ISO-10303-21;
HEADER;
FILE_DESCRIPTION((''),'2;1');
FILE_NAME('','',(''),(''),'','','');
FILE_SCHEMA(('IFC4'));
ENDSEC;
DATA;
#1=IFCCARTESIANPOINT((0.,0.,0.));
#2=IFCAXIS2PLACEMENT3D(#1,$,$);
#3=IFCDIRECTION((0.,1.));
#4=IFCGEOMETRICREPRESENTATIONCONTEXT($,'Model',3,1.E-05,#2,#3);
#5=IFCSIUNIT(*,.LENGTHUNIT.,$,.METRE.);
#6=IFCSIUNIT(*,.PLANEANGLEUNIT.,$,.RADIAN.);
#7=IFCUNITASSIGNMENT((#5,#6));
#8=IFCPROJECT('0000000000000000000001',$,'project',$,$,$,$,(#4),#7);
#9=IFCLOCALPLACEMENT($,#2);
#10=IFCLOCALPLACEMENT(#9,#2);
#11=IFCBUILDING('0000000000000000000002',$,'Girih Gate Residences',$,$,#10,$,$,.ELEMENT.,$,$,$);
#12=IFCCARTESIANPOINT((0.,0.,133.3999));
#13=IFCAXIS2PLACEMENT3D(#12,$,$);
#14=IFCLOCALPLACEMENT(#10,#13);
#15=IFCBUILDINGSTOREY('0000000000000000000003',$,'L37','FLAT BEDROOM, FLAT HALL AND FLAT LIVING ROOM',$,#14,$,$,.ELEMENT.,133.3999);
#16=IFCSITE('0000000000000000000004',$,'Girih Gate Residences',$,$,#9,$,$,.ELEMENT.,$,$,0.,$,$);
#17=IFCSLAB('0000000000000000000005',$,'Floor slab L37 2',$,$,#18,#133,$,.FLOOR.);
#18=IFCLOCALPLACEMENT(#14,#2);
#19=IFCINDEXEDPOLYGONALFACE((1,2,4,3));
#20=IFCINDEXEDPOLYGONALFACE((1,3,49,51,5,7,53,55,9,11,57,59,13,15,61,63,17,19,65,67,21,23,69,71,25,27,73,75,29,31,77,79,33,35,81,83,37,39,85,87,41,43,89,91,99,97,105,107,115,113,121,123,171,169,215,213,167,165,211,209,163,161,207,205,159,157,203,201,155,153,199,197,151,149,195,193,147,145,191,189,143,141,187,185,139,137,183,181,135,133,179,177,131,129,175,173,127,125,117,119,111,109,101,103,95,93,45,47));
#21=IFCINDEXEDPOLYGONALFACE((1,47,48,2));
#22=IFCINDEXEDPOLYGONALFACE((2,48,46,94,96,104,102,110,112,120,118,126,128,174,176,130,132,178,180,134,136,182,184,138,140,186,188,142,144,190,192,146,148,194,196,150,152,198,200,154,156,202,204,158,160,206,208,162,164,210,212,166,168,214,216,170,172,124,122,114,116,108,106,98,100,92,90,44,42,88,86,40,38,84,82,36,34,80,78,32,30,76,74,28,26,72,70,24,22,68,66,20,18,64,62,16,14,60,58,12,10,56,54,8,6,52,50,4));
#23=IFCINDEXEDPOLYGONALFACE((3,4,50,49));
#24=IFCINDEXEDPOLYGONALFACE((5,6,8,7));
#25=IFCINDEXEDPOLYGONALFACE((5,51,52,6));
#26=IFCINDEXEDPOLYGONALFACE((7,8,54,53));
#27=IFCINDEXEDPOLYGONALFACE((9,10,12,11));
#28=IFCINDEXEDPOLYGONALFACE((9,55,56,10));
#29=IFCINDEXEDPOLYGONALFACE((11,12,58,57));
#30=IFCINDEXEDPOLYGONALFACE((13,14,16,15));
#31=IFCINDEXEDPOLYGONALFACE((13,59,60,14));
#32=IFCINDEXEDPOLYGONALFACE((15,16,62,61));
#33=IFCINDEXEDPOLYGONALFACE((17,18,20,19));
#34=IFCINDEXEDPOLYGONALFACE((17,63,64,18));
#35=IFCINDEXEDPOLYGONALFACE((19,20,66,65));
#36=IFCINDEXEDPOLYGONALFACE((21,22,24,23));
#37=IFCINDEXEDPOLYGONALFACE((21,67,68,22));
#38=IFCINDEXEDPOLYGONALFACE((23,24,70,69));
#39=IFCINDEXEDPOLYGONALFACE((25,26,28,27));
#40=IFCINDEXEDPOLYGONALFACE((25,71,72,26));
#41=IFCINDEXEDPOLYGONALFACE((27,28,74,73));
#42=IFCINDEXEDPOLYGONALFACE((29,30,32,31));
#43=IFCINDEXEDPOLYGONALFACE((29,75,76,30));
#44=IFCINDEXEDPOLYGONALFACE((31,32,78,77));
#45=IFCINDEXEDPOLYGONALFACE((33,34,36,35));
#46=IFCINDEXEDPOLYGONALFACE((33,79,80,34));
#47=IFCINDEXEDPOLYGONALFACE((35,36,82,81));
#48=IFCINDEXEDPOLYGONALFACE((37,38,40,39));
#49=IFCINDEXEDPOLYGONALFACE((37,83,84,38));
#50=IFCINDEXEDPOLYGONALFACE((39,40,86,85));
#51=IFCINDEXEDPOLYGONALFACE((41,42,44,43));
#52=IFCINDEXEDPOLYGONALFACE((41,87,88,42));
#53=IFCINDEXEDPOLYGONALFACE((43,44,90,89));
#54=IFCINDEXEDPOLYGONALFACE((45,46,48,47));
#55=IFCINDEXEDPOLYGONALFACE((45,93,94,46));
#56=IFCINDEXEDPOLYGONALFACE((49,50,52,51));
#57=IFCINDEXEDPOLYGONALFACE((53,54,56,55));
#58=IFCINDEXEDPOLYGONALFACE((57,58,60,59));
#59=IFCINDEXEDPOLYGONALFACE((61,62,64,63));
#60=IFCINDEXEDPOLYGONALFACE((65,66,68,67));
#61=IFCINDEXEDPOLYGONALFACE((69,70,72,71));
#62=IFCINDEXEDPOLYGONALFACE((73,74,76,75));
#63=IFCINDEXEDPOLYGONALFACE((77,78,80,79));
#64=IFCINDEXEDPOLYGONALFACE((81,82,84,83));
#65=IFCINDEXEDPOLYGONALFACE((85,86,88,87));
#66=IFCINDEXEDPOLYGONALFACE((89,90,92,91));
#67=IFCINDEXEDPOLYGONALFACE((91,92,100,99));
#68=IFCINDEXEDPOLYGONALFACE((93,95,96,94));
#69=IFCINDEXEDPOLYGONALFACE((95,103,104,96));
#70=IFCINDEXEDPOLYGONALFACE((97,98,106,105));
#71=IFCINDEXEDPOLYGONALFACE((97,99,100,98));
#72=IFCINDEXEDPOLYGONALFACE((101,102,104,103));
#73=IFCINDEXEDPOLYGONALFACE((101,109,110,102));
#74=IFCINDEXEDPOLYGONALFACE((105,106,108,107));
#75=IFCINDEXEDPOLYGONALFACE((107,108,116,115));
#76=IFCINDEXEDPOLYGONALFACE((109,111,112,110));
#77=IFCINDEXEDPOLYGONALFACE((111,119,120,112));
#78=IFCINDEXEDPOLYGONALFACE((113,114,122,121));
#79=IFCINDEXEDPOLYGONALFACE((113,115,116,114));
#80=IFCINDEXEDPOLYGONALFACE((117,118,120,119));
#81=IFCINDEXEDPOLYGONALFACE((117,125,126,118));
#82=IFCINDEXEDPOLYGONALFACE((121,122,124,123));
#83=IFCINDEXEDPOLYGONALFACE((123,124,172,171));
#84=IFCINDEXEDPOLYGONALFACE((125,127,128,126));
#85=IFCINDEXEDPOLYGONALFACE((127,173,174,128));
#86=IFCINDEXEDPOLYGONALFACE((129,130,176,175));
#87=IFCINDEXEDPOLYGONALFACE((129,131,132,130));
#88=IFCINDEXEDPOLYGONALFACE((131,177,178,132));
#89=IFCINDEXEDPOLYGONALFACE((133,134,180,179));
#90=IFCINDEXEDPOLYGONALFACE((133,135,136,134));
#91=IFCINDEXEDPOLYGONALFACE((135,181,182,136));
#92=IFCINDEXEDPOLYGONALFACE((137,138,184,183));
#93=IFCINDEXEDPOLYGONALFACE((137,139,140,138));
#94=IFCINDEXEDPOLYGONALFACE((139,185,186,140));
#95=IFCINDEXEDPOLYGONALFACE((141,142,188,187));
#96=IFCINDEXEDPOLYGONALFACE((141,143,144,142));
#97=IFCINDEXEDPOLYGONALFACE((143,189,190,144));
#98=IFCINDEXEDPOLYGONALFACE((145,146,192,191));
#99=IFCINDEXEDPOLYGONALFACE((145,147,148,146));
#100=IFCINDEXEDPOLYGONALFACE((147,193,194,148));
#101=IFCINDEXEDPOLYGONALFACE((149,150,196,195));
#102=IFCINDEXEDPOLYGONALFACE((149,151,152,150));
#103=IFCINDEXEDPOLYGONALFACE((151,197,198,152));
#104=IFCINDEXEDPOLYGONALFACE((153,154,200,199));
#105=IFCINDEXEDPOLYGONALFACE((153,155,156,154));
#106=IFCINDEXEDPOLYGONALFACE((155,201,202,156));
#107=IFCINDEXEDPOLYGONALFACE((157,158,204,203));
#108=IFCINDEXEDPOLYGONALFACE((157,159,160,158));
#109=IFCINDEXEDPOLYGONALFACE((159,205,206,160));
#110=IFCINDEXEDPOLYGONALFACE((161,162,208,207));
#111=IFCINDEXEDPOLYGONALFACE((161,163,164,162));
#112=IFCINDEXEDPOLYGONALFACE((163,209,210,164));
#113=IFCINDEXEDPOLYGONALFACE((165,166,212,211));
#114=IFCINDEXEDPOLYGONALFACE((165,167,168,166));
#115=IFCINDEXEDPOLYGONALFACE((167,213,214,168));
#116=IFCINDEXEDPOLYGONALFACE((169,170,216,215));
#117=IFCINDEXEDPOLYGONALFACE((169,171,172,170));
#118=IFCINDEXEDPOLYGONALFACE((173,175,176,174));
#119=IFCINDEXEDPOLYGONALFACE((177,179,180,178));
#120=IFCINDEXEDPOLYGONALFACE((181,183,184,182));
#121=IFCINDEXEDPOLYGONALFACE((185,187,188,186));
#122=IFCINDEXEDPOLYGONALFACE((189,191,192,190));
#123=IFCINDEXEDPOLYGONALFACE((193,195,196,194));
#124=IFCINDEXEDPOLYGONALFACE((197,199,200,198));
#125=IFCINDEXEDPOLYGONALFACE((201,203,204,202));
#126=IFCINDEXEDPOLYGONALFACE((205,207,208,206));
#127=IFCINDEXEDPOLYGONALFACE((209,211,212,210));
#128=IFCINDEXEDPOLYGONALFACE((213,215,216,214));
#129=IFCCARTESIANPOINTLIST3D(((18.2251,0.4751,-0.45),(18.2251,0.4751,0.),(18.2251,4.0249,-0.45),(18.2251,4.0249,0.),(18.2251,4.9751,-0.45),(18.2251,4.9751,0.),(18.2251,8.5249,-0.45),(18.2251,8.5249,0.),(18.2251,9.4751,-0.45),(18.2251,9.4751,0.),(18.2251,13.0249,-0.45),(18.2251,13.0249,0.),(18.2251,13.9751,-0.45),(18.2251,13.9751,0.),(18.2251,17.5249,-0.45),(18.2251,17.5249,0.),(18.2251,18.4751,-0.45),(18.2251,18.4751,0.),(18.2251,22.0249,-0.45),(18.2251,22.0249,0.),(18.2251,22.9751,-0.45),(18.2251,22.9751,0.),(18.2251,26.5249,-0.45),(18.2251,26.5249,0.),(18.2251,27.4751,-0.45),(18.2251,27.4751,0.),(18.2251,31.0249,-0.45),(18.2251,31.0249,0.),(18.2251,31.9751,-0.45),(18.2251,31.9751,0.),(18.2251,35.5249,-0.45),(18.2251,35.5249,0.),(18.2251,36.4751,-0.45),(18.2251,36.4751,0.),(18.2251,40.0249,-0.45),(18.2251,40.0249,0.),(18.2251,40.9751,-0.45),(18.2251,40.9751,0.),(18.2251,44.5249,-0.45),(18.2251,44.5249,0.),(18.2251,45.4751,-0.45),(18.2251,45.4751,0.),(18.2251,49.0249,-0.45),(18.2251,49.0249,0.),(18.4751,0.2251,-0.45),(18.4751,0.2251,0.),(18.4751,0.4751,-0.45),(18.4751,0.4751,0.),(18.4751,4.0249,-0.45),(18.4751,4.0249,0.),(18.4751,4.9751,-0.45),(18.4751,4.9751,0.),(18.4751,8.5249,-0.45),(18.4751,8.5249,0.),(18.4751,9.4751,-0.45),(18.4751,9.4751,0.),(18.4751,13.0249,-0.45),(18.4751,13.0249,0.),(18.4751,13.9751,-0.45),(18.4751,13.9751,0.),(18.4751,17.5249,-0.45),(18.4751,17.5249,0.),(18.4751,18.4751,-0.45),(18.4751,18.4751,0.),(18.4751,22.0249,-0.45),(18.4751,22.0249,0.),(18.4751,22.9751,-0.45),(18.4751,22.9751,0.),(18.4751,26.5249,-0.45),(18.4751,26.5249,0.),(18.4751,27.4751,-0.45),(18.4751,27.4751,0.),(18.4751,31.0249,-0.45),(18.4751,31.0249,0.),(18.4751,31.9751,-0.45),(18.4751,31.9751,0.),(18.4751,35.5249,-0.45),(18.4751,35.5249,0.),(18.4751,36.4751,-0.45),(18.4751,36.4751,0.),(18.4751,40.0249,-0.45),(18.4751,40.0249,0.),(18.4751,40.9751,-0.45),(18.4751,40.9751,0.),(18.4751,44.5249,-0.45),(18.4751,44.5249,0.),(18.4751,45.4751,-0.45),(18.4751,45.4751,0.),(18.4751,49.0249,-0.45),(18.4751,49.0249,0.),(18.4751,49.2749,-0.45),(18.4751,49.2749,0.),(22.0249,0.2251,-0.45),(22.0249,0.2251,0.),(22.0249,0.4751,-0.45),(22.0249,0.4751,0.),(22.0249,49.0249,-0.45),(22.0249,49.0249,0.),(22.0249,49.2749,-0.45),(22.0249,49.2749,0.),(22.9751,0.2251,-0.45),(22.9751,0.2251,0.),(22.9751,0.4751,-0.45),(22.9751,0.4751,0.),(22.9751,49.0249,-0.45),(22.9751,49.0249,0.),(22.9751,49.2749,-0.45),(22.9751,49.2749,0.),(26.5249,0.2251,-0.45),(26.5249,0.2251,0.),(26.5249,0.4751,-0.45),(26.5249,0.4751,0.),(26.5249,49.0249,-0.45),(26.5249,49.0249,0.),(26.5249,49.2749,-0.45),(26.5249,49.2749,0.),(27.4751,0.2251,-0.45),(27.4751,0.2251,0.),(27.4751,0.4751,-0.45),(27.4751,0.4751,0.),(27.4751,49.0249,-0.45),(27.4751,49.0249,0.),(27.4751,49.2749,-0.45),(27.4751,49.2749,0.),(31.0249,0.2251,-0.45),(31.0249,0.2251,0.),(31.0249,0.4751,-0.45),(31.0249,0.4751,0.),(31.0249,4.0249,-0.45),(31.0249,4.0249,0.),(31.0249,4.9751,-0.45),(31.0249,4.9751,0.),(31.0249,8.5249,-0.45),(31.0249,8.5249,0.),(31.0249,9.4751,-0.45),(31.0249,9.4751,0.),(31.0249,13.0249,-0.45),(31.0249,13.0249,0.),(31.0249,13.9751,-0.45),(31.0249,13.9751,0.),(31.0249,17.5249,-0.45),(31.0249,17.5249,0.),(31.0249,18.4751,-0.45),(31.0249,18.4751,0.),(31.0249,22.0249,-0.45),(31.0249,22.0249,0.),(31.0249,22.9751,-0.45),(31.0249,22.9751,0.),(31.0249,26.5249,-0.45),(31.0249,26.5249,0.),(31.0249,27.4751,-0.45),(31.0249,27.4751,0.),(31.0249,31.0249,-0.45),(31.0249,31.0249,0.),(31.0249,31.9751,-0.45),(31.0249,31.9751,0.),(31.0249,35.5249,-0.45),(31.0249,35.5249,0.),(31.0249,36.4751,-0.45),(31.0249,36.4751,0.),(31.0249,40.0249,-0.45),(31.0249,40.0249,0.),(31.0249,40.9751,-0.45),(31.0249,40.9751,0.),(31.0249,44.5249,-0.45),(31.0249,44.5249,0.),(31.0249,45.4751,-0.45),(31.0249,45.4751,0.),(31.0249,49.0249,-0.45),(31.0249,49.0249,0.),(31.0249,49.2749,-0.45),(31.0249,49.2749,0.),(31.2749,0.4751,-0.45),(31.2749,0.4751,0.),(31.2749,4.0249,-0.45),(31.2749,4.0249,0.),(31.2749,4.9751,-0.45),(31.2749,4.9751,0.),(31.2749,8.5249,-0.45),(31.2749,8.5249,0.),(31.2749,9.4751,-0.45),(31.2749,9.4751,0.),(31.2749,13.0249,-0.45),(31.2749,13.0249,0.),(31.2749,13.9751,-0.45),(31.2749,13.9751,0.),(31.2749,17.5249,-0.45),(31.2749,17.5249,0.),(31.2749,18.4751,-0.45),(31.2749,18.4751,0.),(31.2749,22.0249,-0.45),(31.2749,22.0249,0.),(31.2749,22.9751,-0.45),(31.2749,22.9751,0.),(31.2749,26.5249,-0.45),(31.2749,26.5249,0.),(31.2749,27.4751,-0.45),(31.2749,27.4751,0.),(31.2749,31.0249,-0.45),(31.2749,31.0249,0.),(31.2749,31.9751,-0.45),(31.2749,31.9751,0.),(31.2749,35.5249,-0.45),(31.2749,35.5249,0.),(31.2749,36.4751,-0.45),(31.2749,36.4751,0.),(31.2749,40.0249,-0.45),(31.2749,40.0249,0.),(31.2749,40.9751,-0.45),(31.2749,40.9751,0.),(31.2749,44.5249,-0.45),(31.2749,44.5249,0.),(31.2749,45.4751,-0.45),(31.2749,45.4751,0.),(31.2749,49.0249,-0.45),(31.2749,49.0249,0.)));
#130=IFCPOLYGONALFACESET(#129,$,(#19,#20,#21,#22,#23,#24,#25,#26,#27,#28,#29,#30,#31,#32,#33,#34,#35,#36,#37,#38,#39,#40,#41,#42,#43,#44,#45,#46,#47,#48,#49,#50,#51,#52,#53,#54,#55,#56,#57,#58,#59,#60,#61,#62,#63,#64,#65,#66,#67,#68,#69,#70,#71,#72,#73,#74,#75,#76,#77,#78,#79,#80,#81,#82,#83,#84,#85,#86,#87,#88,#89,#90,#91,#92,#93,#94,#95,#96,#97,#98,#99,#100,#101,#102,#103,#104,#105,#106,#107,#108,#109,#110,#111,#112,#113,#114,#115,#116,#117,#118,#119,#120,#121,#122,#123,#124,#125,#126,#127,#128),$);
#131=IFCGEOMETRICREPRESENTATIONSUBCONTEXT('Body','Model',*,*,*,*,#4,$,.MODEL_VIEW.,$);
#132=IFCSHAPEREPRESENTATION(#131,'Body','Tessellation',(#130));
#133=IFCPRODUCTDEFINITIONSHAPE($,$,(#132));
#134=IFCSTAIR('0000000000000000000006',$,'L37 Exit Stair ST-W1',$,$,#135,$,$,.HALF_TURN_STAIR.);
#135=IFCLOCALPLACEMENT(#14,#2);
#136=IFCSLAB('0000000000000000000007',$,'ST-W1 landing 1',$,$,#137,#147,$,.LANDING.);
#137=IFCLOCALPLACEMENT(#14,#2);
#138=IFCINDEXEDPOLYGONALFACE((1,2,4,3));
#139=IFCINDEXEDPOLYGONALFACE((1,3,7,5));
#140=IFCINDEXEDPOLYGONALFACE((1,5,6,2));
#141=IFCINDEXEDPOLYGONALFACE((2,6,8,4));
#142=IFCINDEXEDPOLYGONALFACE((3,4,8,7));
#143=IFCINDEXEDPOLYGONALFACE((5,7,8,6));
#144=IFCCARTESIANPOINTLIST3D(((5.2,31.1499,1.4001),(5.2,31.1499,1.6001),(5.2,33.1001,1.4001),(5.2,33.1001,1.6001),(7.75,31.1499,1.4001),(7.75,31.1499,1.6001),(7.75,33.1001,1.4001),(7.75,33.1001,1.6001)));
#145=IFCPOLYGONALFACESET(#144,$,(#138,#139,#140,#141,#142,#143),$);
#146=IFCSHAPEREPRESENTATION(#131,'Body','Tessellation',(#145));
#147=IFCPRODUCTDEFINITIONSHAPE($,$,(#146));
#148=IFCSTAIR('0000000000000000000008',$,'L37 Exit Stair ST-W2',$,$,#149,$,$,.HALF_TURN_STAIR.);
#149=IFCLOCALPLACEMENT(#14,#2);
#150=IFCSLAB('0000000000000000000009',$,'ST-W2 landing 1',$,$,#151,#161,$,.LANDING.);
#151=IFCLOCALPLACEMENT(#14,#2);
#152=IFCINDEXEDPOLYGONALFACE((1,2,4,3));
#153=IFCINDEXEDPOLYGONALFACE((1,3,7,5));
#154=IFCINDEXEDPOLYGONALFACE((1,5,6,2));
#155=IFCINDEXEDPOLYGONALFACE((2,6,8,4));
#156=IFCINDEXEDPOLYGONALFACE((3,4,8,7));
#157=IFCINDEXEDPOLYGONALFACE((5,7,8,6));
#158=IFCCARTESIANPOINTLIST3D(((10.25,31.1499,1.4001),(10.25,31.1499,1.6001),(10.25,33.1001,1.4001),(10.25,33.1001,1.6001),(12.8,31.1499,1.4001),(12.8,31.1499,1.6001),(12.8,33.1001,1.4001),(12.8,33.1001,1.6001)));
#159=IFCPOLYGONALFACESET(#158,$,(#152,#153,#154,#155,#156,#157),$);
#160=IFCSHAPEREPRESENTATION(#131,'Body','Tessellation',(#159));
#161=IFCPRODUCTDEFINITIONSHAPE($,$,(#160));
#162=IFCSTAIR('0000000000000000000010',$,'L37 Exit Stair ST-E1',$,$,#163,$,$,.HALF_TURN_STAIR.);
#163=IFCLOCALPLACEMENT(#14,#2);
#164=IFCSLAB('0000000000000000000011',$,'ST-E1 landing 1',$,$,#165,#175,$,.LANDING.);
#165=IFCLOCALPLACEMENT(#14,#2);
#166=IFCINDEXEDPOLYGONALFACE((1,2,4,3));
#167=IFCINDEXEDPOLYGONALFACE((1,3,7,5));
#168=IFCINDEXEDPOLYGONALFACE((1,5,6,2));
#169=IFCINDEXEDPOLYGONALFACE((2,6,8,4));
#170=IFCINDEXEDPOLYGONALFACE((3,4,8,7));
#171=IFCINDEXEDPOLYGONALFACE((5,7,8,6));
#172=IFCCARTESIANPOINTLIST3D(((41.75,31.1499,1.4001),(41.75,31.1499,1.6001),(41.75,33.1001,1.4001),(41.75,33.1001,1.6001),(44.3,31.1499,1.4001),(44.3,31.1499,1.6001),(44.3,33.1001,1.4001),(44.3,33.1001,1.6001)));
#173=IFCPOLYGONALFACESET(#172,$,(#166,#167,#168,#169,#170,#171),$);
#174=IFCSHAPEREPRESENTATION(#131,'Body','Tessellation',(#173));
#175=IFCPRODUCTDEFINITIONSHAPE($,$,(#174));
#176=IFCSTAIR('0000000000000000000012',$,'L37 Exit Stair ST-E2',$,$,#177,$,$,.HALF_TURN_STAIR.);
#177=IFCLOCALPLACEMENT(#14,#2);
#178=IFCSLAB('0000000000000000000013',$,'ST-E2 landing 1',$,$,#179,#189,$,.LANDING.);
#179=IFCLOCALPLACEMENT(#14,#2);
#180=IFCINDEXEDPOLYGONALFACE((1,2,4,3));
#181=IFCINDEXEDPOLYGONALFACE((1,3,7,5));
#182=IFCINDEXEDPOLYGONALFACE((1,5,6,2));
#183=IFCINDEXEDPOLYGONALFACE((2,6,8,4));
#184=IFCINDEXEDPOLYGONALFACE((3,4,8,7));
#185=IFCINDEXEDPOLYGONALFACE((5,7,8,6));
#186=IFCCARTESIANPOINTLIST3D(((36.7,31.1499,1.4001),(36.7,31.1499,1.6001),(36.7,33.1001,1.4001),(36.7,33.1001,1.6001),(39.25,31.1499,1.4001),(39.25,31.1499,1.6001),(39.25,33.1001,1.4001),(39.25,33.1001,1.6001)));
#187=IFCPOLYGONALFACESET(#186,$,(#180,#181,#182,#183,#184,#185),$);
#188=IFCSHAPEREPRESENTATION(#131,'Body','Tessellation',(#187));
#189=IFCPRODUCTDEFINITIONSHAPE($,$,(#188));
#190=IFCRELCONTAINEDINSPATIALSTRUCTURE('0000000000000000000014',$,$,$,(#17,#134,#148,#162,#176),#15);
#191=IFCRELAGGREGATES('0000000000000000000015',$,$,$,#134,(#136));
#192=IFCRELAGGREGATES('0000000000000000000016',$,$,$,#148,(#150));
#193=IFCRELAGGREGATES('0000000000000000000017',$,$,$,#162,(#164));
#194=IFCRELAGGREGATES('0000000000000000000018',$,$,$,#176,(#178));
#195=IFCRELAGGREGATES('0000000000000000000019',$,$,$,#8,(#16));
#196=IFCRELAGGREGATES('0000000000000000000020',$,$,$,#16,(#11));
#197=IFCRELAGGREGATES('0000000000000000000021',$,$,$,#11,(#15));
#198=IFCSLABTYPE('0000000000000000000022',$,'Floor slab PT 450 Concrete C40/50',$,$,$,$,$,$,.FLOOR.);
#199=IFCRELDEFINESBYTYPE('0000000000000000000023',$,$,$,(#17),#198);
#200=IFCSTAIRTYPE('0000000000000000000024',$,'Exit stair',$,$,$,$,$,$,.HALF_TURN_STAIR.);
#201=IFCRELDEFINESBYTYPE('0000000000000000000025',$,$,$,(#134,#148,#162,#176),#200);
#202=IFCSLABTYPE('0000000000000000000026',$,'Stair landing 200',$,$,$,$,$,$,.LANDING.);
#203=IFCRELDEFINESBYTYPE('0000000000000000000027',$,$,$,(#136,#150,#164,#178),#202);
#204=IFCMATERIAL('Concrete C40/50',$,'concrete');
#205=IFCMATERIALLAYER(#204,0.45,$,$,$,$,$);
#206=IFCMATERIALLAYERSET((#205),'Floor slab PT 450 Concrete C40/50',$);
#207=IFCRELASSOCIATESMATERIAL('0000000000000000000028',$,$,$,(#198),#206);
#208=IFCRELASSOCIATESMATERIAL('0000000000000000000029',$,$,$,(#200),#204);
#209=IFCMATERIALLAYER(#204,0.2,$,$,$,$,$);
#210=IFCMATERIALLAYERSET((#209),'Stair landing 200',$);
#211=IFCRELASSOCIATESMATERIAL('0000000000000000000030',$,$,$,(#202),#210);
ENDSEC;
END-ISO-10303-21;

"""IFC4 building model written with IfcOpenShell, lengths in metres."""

from ifc_helpers import new_model, si_unit, direction, frame, origin, place, context, subcontext, project, spatial, polyline, outline, extrude, material, layer, layer_set, type_object, element, aggregate, save


model = new_model("IFC4")

# Units and contexts
model_context = context("Model", 3, precision=1e-05, world=origin(), true_north=direction((0.0, 1.0)))
body_context = subcontext(model_context, "Body", "Model", "MODEL_VIEW")
ifc_project = project(units=[si_unit("LENGTHUNIT", "METRE"), si_unit("PLANEANGLEUNIT", "RADIAN")], contexts=[model_context])

# Site, building, storey
site_placement = place(None, origin())
site = spatial("IfcSite", under=ifc_project, at=site_placement, Name="Girih Gate Residences", CompositionType="ELEMENT", RefElevation=0.0)
building_placement = place(site_placement, origin())
building = spatial("IfcBuilding", under=site, at=building_placement, Name="Girih Gate Residences", CompositionType="ELEMENT")
storey_placement = place(building_placement, frame((0.0, 0.0, 133.3999)))
storey = spatial("IfcBuildingStorey", under=building, at=storey_placement, Name="L37", Description="FLAT BEDROOM, FLAT HALL AND FLAT LIVING ROOM", CompositionType="ELEMENT", Elevation=133.3999)

# Slab
ifc_material_1 = material(Name="Concrete C40/50", Category="concrete")
ifc_layer_1 = layer(ifc_material_1, 0.45)
ifc_layer_set_1 = layer_set([ifc_layer_1], Name="Floor slab PT 450 Concrete C40/50")
slab_type_1 = type_object("IfcSlabType", Name="Floor slab PT 450 Concrete C40/50", PredefinedType="FLOOR", material=ifc_layer_set_1)
slab_1_placement = place(storey_placement, frame((0.0, 0.0, -0.45)))
element("IfcSlab", 1, at=slab_1_placement, inside=storey, type_object=slab_type_1, Name="Floor slab L37 2", PredefinedType="FLOOR", context=body_context, shape_type="SweptSolid", body=[
    extrude(outline(polyline([(22.0249, 49.2749), (18.4751, 49.2749), (18.4751, 49.0249), (18.2251, 49.0249), (18.2251, 45.4751), (18.4751, 45.4751), (18.4751, 44.5249), (18.2251, 44.5249), (18.2251, 40.9751), (18.4751, 40.9751), (18.4751, 40.0249), (18.2251, 40.0249), (18.2251, 36.4751), (18.4751, 36.4751), (18.4751, 35.5249), (18.2251, 35.5249), (18.2251, 31.9751), (18.4751, 31.9751), (18.4751, 31.0249), (18.2251, 31.0249), (18.2251, 27.4751), (18.4751, 27.4751), (18.4751, 26.5249), (18.2251, 26.5249), (18.2251, 22.9751), (18.4751, 22.9751), (18.4751, 22.0249), (18.2251, 22.0249), (18.2251, 18.4751), (18.4751, 18.4751), (18.4751, 17.5249), (18.2251, 17.5249), (18.2251, 13.9751), (18.4751, 13.9751), (18.4751, 13.0249), (18.2251, 13.0249), (18.2251, 9.4751), (18.4751, 9.4751), (18.4751, 8.5249), (18.2251, 8.5249), (18.2251, 4.9751), (18.4751, 4.9751), (18.4751, 4.0249), (18.2251, 4.0249), (18.2251, 0.4751), (18.4751, 0.4751), (18.4751, 0.2251), (22.0249, 0.2251), (22.0249, 0.4751), (22.9751, 0.4751), (22.9751, 0.2251), (26.5249, 0.2251), (26.5249, 0.4751), (27.4751, 0.4751), (27.4751, 0.2251), (31.0249, 0.2251), (31.0249, 0.4751), (31.2749, 0.4751), (31.2749, 4.0249), (31.0249, 4.0249), (31.0249, 4.9751), (31.2749, 4.9751), (31.2749, 8.5249), (31.0249, 8.5249), (31.0249, 9.4751), (31.2749, 9.4751), (31.2749, 13.0249), (31.0249, 13.0249), (31.0249, 13.9751), (31.2749, 13.9751), (31.2749, 17.5249), (31.0249, 17.5249), (31.0249, 18.4751), (31.2749, 18.4751), (31.2749, 22.0249), (31.0249, 22.0249), (31.0249, 22.9751), (31.2749, 22.9751), (31.2749, 26.5249), (31.0249, 26.5249), (31.0249, 27.4751), (31.2749, 27.4751), (31.2749, 31.0249), (31.0249, 31.0249), (31.0249, 31.9751), (31.2749, 31.9751), (31.2749, 35.5249), (31.0249, 35.5249), (31.0249, 36.4751), (31.2749, 36.4751), (31.2749, 40.0249), (31.0249, 40.0249), (31.0249, 40.9751), (31.2749, 40.9751), (31.2749, 44.5249), (31.0249, 44.5249), (31.0249, 45.4751), (31.2749, 45.4751), (31.2749, 49.0249), (31.0249, 49.0249), (31.0249, 49.2749), (27.4751, 49.2749), (27.4751, 49.0249), (26.5249, 49.0249), (26.5249, 49.2749), (22.9751, 49.2749), (22.9751, 49.0249), (22.0249, 49.0249), (22.0249, 49.2749)])), origin(), (0.0, 0.0, 1.0), 0.45),
])

# Stairs, slabs
stair_type = type_object("IfcStairType", Name="Exit stair", PredefinedType="HALF_TURN_STAIR", material=ifc_material_1)
stair_1_placement = place(storey_placement, origin())
stair_1 = element("IfcStair", 2, at=stair_1_placement, inside=storey, type_object=stair_type, Name="L37 Exit Stair ST-W1", PredefinedType="HALF_TURN_STAIR")
ifc_layer_2 = layer(ifc_material_1, 0.2)
ifc_layer_set_2 = layer_set([ifc_layer_2], Name="Stair landing 200")
slab_type_2 = type_object("IfcSlabType", Name="Stair landing 200", PredefinedType="LANDING", material=ifc_layer_set_2)
slab_2_placement = place(storey_placement, frame((0.0, 0.0, 1.4001)))
slab_2 = element("IfcSlab", 3, at=slab_2_placement, type_object=slab_type_2, Name="ST-W1 landing 1", PredefinedType="LANDING", context=body_context, shape_type="SweptSolid", body=[
    extrude(outline(polyline([(7.75, 31.1499), (7.75, 33.1001), (5.2, 33.1001), (5.2, 31.1499), (7.75, 31.1499)])), origin(), (0.0, 0.0, 1.0), 0.2),
])
aggregate(stair_1, [slab_2])
stair_2_placement = place(storey_placement, origin())
stair_2 = element("IfcStair", 4, at=stair_2_placement, inside=storey, type_object=stair_type, Name="L37 Exit Stair ST-W2", PredefinedType="HALF_TURN_STAIR")
slab_3_placement = place(storey_placement, frame((0.0, 0.0, 1.4001)))
slab_3 = element("IfcSlab", 5, at=slab_3_placement, type_object=slab_type_2, Name="ST-W2 landing 1", PredefinedType="LANDING", context=body_context, shape_type="SweptSolid", body=[
    extrude(outline(polyline([(12.8, 31.1499), (12.8, 33.1001), (10.25, 33.1001), (10.25, 31.1499), (12.8, 31.1499)])), origin(), (0.0, 0.0, 1.0), 0.2),
])
aggregate(stair_2, [slab_3])
stair_3_placement = place(storey_placement, origin())
stair_3 = element("IfcStair", 6, at=stair_3_placement, inside=storey, type_object=stair_type, Name="L37 Exit Stair ST-E1", PredefinedType="HALF_TURN_STAIR")
slab_4_placement = place(storey_placement, frame((0.0, 0.0, 1.4001)))
slab_4 = element("IfcSlab", 7, at=slab_4_placement, type_object=slab_type_2, Name="ST-E1 landing 1", PredefinedType="LANDING", context=body_context, shape_type="SweptSolid", body=[
    extrude(outline(polyline([(44.3, 31.1499), (44.3, 33.1001), (41.75, 33.1001), (41.75, 31.1499), (44.3, 31.1499)])), origin(), (0.0, 0.0, 1.0), 0.2),
])
aggregate(stair_3, [slab_4])
stair_4_placement = place(storey_placement, origin())
stair_4 = element("IfcStair", 8, at=stair_4_placement, inside=storey, type_object=stair_type, Name="L37 Exit Stair ST-E2", PredefinedType="HALF_TURN_STAIR")
slab_5_placement = place(storey_placement, frame((0.0, 0.0, 1.4001)))
slab_5 = element("IfcSlab", 9, at=slab_5_placement, type_object=slab_type_2, Name="ST-E2 landing 1", PredefinedType="LANDING", context=body_context, shape_type="SweptSolid", body=[
    extrude(outline(polyline([(39.25, 31.1499), (39.25, 33.1001), (36.7, 33.1001), (36.7, 31.1499), (39.25, 31.1499)])), origin(), (0.0, 0.0, 1.0), 0.2),
])
aggregate(stair_4, [slab_5])

save(model, "model.ifc")
